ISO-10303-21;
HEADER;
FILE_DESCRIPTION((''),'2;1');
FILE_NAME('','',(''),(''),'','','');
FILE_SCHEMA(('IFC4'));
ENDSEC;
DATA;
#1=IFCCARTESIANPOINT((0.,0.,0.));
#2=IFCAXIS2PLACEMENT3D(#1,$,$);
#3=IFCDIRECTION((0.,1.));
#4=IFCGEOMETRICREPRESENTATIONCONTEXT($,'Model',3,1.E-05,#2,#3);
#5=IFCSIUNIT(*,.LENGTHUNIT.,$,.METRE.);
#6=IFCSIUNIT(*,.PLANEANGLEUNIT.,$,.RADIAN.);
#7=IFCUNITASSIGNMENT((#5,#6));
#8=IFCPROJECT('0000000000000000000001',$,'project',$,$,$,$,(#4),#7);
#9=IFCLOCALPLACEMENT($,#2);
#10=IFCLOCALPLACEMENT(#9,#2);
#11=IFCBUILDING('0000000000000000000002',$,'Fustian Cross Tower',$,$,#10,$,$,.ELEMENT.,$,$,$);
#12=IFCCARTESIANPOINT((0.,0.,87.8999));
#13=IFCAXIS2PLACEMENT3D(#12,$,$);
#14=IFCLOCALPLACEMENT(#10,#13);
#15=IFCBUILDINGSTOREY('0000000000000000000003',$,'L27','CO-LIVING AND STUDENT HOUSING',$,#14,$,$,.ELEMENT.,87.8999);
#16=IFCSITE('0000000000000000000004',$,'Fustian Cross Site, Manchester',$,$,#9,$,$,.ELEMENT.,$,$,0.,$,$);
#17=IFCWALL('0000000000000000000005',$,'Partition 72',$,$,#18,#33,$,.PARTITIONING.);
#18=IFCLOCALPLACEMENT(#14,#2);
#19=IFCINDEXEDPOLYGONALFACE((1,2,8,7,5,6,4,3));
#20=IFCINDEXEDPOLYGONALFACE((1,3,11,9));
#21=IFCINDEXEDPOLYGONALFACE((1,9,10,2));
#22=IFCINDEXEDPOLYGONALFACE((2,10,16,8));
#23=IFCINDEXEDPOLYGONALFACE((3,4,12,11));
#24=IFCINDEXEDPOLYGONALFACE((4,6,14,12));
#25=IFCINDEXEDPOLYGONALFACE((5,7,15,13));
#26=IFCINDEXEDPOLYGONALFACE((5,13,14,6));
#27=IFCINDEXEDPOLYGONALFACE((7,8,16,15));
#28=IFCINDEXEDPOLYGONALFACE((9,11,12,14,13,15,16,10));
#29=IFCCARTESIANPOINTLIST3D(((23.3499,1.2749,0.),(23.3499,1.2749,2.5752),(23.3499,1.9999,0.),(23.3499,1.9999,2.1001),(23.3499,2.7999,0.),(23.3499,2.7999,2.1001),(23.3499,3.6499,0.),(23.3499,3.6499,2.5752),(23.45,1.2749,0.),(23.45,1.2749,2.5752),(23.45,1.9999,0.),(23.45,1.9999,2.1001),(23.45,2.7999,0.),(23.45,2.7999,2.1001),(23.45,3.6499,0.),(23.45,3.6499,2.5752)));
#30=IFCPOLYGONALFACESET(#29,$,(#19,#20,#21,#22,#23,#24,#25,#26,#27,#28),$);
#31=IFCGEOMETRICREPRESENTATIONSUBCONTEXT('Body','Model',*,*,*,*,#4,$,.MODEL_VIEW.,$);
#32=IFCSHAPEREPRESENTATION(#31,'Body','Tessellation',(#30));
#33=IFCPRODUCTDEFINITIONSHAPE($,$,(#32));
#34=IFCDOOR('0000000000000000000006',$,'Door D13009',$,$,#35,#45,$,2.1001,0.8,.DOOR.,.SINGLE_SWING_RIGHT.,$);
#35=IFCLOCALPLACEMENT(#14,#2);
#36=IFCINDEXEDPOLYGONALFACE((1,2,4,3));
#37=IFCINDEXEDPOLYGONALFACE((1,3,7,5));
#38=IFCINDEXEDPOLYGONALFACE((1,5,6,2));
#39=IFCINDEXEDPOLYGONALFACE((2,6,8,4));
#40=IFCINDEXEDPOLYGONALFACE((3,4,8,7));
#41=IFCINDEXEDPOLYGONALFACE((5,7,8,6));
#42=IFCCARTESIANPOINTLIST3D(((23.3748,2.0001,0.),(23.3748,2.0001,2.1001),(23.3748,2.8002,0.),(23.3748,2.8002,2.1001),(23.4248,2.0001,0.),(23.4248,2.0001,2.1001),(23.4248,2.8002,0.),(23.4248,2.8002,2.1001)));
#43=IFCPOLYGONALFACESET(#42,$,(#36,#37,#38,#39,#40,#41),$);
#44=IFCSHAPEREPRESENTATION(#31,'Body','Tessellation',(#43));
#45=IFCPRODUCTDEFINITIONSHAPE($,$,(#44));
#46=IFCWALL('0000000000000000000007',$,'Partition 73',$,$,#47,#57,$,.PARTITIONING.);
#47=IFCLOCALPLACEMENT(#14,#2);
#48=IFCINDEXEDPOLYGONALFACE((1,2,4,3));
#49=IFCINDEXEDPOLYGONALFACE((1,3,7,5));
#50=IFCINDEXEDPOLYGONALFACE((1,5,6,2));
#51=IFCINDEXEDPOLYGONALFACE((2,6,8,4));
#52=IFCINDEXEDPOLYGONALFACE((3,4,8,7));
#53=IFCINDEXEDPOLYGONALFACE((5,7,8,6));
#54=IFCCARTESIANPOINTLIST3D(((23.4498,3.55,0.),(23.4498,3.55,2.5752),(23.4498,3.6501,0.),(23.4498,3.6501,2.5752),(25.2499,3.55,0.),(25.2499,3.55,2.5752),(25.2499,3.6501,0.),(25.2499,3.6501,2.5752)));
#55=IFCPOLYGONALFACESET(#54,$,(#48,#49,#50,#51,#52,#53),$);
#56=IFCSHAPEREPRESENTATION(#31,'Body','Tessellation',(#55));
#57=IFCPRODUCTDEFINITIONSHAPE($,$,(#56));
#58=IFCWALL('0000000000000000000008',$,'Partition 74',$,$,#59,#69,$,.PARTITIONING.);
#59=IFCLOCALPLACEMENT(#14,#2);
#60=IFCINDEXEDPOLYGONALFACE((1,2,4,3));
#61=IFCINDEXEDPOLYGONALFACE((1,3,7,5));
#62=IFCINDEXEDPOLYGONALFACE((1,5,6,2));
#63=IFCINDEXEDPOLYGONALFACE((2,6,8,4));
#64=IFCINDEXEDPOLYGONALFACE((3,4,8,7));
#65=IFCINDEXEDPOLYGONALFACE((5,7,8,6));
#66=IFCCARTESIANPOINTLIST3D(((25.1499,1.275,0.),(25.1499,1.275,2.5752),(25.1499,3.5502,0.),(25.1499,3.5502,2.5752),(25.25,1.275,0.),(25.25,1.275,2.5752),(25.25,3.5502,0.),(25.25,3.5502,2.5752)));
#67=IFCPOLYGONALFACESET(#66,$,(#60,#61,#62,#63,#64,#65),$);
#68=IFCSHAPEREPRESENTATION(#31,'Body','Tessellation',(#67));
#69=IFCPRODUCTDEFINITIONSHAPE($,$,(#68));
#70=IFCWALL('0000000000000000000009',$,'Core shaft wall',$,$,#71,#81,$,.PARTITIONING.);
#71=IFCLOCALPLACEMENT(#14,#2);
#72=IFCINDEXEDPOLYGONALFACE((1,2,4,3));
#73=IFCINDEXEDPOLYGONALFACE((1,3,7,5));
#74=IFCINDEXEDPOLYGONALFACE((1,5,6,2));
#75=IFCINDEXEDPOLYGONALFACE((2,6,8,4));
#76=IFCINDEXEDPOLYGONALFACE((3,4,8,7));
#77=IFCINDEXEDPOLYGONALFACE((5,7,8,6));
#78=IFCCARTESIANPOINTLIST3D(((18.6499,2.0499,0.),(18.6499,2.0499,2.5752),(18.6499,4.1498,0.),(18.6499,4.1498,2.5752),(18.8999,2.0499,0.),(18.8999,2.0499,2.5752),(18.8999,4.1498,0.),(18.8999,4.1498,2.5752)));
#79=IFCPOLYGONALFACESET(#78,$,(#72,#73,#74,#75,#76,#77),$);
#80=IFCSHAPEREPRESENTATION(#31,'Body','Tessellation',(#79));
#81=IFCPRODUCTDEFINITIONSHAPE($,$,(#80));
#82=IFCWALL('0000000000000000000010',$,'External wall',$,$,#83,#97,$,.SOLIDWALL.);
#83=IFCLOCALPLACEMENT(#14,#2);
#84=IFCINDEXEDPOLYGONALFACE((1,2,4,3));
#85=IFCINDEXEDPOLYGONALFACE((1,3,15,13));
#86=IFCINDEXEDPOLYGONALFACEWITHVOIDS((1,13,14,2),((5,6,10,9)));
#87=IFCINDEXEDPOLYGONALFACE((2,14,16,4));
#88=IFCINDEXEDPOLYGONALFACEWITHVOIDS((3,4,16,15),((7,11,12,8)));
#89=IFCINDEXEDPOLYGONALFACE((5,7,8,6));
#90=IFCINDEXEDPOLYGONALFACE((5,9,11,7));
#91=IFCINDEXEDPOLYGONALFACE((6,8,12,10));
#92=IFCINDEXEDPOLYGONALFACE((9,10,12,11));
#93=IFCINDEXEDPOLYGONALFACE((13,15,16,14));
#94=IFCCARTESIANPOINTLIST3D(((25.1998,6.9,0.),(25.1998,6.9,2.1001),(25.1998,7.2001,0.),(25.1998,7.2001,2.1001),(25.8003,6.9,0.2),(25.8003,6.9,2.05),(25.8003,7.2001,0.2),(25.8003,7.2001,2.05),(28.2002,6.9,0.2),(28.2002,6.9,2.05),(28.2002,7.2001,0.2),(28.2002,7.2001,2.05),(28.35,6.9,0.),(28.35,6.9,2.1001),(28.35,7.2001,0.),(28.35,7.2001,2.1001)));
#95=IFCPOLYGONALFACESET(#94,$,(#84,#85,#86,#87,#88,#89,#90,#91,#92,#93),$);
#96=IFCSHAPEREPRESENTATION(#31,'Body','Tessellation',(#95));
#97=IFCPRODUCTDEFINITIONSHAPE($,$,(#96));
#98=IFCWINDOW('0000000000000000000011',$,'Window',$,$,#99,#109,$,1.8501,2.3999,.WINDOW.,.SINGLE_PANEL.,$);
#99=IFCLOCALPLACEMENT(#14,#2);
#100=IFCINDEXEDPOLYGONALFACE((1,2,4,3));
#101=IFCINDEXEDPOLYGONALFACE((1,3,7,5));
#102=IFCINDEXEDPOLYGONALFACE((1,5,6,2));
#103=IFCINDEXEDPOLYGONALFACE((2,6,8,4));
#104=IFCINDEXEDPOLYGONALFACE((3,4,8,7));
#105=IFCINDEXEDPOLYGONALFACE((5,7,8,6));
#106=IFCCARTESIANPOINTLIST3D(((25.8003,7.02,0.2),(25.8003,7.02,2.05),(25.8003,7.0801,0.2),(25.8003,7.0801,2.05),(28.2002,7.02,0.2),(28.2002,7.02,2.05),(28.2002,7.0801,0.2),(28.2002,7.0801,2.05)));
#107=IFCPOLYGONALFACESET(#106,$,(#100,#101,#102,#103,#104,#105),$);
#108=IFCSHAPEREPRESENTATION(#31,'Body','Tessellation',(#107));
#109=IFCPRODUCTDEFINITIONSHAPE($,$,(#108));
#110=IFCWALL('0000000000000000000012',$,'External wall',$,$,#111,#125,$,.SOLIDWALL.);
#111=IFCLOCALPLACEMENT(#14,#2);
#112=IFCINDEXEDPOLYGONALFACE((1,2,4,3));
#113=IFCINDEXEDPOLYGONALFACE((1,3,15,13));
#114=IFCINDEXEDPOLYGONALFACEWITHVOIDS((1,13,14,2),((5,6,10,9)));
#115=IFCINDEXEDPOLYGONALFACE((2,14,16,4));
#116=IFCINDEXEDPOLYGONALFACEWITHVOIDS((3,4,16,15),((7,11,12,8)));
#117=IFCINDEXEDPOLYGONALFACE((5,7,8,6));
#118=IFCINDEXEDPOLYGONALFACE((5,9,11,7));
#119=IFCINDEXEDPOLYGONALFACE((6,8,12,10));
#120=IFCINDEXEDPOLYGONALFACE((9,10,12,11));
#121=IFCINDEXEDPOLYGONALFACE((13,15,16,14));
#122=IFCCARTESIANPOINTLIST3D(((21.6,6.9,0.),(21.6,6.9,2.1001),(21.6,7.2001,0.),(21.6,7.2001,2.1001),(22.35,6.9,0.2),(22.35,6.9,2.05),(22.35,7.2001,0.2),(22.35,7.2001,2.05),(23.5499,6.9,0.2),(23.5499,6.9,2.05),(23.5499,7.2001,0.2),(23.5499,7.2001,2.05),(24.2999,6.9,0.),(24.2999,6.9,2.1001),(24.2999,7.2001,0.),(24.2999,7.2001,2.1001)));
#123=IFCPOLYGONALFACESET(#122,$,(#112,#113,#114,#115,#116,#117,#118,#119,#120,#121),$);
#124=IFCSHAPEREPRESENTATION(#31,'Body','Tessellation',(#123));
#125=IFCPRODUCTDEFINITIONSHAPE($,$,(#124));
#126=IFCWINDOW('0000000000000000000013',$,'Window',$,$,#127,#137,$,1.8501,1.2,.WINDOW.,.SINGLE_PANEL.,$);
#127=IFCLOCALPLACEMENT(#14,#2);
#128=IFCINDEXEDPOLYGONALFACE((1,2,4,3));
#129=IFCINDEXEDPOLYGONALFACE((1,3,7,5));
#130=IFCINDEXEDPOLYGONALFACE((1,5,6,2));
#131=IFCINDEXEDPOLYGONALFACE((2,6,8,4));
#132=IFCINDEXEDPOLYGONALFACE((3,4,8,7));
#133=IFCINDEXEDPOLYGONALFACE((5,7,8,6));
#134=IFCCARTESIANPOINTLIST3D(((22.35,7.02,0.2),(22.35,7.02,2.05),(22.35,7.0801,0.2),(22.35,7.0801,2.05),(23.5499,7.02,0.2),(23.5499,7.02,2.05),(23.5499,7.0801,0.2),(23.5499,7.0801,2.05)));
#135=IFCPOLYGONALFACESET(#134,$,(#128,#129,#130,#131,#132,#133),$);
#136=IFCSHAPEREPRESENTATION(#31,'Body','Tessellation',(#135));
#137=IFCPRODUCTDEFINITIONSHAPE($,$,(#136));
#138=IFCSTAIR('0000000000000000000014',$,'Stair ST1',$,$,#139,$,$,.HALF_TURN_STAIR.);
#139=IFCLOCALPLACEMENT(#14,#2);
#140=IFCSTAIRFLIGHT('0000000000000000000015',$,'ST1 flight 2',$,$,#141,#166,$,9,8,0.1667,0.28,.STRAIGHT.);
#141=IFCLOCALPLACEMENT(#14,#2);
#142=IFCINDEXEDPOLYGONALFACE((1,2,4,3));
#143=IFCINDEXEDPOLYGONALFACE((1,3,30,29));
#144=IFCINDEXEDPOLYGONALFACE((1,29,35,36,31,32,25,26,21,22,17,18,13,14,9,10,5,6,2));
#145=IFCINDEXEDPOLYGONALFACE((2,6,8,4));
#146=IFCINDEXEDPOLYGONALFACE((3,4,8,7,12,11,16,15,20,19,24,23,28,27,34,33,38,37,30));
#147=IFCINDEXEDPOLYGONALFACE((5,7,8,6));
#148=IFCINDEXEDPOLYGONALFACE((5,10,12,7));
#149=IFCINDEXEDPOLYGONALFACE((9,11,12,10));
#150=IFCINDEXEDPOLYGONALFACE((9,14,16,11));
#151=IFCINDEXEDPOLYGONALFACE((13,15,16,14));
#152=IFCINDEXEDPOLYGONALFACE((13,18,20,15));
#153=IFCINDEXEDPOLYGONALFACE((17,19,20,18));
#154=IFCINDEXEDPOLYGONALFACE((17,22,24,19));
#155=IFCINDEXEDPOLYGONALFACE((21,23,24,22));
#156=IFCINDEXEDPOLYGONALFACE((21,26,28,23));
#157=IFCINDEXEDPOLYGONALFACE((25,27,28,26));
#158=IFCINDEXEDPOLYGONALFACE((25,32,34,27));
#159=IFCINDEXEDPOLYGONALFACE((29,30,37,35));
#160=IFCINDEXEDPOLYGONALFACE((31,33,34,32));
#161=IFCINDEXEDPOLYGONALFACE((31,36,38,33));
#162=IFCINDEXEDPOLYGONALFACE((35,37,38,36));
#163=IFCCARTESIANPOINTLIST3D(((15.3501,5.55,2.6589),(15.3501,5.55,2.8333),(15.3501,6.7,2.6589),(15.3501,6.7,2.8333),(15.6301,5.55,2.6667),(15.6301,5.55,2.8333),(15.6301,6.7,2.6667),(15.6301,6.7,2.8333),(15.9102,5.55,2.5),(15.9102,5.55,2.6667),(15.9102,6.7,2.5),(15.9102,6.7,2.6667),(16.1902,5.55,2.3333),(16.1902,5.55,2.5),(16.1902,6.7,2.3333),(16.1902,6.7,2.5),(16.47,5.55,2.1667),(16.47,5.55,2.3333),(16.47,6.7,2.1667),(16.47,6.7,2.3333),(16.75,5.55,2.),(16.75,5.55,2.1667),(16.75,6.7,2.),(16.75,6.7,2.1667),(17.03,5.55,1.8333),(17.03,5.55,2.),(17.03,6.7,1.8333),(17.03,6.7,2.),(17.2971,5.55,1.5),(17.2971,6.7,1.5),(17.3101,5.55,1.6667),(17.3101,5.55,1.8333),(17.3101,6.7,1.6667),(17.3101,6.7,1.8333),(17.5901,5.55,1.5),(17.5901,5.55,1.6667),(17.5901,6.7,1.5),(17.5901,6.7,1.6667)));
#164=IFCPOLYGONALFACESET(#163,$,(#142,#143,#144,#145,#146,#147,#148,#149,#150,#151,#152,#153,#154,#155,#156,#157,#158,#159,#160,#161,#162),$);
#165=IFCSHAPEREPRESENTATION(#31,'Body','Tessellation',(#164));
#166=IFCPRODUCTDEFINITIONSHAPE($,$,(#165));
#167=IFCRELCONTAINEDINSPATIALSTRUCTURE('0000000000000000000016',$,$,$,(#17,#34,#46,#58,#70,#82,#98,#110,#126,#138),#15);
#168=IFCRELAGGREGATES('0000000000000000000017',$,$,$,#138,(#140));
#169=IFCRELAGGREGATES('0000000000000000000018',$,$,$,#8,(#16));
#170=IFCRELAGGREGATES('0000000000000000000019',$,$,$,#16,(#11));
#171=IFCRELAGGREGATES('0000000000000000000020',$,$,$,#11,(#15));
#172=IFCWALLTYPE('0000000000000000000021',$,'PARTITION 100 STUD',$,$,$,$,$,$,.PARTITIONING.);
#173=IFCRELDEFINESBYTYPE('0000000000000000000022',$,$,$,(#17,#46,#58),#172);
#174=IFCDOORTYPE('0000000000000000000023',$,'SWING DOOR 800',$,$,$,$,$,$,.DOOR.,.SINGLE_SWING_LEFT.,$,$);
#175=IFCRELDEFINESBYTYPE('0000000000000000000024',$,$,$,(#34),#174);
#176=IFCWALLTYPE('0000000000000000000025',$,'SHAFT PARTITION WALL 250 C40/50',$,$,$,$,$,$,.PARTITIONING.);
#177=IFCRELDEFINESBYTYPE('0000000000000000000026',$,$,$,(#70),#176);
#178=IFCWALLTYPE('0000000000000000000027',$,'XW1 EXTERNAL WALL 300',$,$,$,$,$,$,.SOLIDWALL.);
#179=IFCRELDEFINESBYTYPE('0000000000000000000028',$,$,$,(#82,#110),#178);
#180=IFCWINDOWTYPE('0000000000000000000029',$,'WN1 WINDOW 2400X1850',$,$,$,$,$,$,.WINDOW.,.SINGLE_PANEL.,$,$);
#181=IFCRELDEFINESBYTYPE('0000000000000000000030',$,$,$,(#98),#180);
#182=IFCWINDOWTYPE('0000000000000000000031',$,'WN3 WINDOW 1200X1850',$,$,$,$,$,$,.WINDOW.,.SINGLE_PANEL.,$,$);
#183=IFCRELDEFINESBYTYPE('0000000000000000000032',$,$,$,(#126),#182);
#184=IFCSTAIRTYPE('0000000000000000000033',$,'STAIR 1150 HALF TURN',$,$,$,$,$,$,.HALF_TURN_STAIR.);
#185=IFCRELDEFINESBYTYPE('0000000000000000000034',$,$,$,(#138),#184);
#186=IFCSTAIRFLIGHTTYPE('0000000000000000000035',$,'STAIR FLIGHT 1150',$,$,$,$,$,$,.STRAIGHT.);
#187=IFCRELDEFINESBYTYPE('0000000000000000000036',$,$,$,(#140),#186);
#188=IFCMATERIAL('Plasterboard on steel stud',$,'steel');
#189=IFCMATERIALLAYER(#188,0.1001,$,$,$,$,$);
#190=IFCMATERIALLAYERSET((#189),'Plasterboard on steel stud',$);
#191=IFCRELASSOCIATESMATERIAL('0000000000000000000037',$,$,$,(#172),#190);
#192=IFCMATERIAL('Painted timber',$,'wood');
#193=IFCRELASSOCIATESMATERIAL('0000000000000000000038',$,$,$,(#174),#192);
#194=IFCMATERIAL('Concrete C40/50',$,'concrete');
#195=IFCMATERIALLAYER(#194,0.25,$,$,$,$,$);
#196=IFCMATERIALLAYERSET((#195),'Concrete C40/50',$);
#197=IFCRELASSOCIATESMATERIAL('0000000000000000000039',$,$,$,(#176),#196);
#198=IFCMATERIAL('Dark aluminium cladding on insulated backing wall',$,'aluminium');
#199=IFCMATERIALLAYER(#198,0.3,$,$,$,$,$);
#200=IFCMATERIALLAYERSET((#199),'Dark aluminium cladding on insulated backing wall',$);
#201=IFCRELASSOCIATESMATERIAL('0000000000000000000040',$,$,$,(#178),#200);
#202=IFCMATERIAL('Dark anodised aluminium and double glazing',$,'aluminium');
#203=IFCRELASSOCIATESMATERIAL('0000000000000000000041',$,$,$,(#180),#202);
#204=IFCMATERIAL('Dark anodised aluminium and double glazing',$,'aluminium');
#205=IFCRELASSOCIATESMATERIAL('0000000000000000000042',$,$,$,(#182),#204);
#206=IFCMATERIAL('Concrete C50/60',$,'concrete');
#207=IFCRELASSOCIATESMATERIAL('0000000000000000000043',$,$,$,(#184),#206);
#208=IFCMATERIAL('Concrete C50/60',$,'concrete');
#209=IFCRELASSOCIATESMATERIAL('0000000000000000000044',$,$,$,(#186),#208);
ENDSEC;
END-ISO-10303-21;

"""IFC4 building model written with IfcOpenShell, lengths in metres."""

from ifc_helpers import new_model, si_unit, direction, frame, frame_2d, origin, place, context, subcontext, project, spatial, polyline, rectangle, outline, extrude, material, layer, layer_set, type_object, element, fill, aggregate, save


model = new_model("IFC4")

# Units and contexts
model_context = context("Model", 3, precision=1e-05, world=origin(), true_north=direction((0.0, 1.0)))
body_context = subcontext(model_context, "Body", "Model", "MODEL_VIEW")
ifc_project = project(units=[si_unit("LENGTHUNIT", "METRE"), si_unit("PLANEANGLEUNIT", "RADIAN")], contexts=[model_context])

# Site, building, storey
site_placement = place(None, origin())
site = spatial("IfcSite", under=ifc_project, at=site_placement, Name="Fustian Cross Site, Manchester", CompositionType="ELEMENT", RefElevation=0.0)
building_placement = place(site_placement, origin())
building = spatial("IfcBuilding", under=site, at=building_placement, Name="Fustian Cross Tower", CompositionType="ELEMENT")
storey_placement = place(building_placement, frame((0.0, 0.0, 87.8999)))
storey = spatial("IfcBuildingStorey", under=building, at=storey_placement, Name="L27", Description="CO-LIVING AND STUDENT HOUSING", CompositionType="ELEMENT", Elevation=87.8999)

# Wall, opening, door
ifc_material_1 = material(Name="Plasterboard on steel stud", Category="steel")
ifc_layer_1 = layer(ifc_material_1, 0.1001)
ifc_layer_set_1 = layer_set([ifc_layer_1], Name="Plasterboard on steel stud")
wall_type_1 = type_object("IfcWallType", Name="PARTITION 100 STUD", PredefinedType="PARTITIONING", material=ifc_layer_set_1)
wall_1_placement = place(storey_placement, frame((23.3999, 1.2749, 0.0), z_axis=(0.0, 0.0, 1.0), x_axis=(0.0, 1.0, 0.0)))
wall_1 = element("IfcWall", 1, at=wall_1_placement, inside=storey, type_object=wall_type_1, Name="Partition 72", PredefinedType="PARTITIONING", context=body_context, shape_type="SweptSolid", body=[
    extrude(rectangle(XDim=2.375, YDim=0.1001, at=frame_2d((1.1875, 0.0))), origin(), (0.0, 0.0, 1.0), 2.5752),
])
opening_1_placement = place(wall_1_placement, frame((0.7251, 0.0, 0.0)))
opening_1 = element("IfcOpeningElement", 2, at=opening_1_placement, cuts=wall_1, PredefinedType="OPENING", context=body_context, shape_type="SweptSolid", body=[
    extrude(rectangle(XDim=0.8, YDim=2.1001, at=frame_2d((0.3999, 1.05))), frame((0.0, 0.0601, 0.0), z_axis=(0.0, -1.0, 0.0), x_axis=(1.0, 0.0, 0.0)), (0.0, 0.0, 1.0), 0.1201),
])
ifc_material_2 = material(Name="Painted timber", Category="wood")
door_type_1 = type_object("IfcDoorType", Name="SWING DOOR 800", OperationType="SINGLE_SWING_LEFT", PredefinedType="DOOR", material=ifc_material_2)
door_1_placement = place(opening_1_placement, frame((0.8, 0.0, 0.0), z_axis=(0.0, 0.0, 1.0), x_axis=(-1.0, 0.0, 0.0)))
door_1 = element("IfcDoor", 3, at=door_1_placement, inside=storey, type_object=door_type_1, Name="Door D13009", OperationType="SINGLE_SWING_RIGHT", OverallHeight=2.1001, OverallWidth=0.8, PredefinedType="DOOR", context=body_context, shape_type="SweptSolid", body=[
    extrude(rectangle(XDim=0.8, YDim=2.1001, at=frame_2d((0.3999, 1.05))), frame((0.0, 0.0249, 0.0), z_axis=(0.0, -1.0, 0.0), x_axis=(1.0, 0.0, 0.0)), (0.0, 0.0, 1.0), 0.05),
])
fill(opening_1, door_1)

# Walls
wall_2_placement = place(storey_placement, frame((23.45, 3.6001, 0.0), z_axis=(0.0, 0.0, 1.0), x_axis=(1.0, 0.0, 0.0)))
element("IfcWall", 4, at=wall_2_placement, inside=storey, type_object=wall_type_1, Name="Partition 73", PredefinedType="PARTITIONING", context=body_context, shape_type="SweptSolid", body=[
    extrude(rectangle(XDim=1.8, YDim=0.1001, at=frame_2d((0.8999, 0.0))), origin(), (0.0, 0.0, 1.0), 2.5752),
])
wall_3_placement = place(storey_placement, frame((25.2, 1.2749, 0.0), z_axis=(0.0, 0.0, 1.0), x_axis=(0.0, 1.0, 0.0)))
element("IfcWall", 5, at=wall_3_placement, inside=storey, type_object=wall_type_1, Name="Partition 74", PredefinedType="PARTITIONING", context=body_context, shape_type="SweptSolid", body=[
    extrude(rectangle(XDim=2.2751, YDim=0.1001, at=frame_2d((1.1377, 0.0))), origin(), (0.0, 0.0, 1.0), 2.5752),
])
ifc_material_3 = material(Name="Concrete C40/50", Category="concrete")
ifc_layer_2 = layer(ifc_material_3, 0.25)
ifc_layer_set_2 = layer_set([ifc_layer_2], Name="Concrete C40/50")
wall_type_2 = type_object("IfcWallType", Name="SHAFT PARTITION WALL 250 C40/50", PredefinedType="PARTITIONING", material=ifc_layer_set_2)
wall_4_placement = place(storey_placement, frame((18.7749, 2.05, 0.0), z_axis=(0.0, 0.0, 1.0), x_axis=(0.0, 1.0, 0.0)))
element("IfcWall", 6, at=wall_4_placement, inside=storey, type_object=wall_type_2, Name="Core shaft wall", PredefinedType="PARTITIONING", context=body_context, shape_type="SweptSolid", body=[
    extrude(rectangle(XDim=2.0999, YDim=0.25, at=frame_2d((1.0498, 0.0))), origin(), (0.0, 0.0, 1.0), 2.5752),
])

# Walls, openings, windows
ifc_material_4 = material(Name="Dark aluminium cladding on insulated backing wall", Category="aluminium")
ifc_layer_3 = layer(ifc_material_4, 0.3)
ifc_layer_set_3 = layer_set([ifc_layer_3], Name="Dark aluminium cladding on insulated backing wall")
wall_type_3 = type_object("IfcWallType", Name="XW1 EXTERNAL WALL 300", PredefinedType="SOLIDWALL", material=ifc_layer_set_3)
wall_5_placement = place(storey_placement, frame((28.3501, 7.05, 0.0), z_axis=(0.0, 0.0, 1.0), x_axis=(-1.0, 0.0, 0.0)))
wall_5 = element("IfcWall", 7, at=wall_5_placement, inside=storey, type_object=wall_type_3, Name="External wall", PredefinedType="SOLIDWALL", context=body_context, shape_type="SweptSolid", body=[
    extrude(rectangle(XDim=3.1501, YDim=0.3, at=frame_2d((1.5752, 0.0))), origin(), (0.0, 0.0, 1.0), 2.1001),
])
opening_2_placement = place(wall_5_placement, frame((0.1499, 0.0, 0.2)))
opening_2 = element("IfcOpeningElement", 8, at=opening_2_placement, cuts=wall_5, PredefinedType="OPENING", context=body_context, shape_type="SweptSolid", body=[
    extrude(rectangle(XDim=2.3999, YDim=1.8501, at=frame_2d((1.2, 0.925))), frame((0.0, 0.1599, 0.0), z_axis=(0.0, -1.0, 0.0), x_axis=(1.0, 0.0, 0.0)), (0.0, 0.0, 1.0), 0.3201),
])
ifc_material_5 = material(Name="Dark anodised aluminium and double glazing", Category="aluminium")
window_type_1 = type_object("IfcWindowType", Name="WN1 WINDOW 2400X1850", PartitioningType="SINGLE_PANEL", PredefinedType="WINDOW", material=ifc_material_5)
window_1_placement = place(opening_2_placement, origin())
window_1 = element("IfcWindow", 9, at=window_1_placement, inside=storey, type_object=window_type_1, Name="Window", OverallHeight=1.8501, OverallWidth=2.3999, PartitioningType="SINGLE_PANEL", PredefinedType="WINDOW", context=body_context, shape_type="SweptSolid", body=[
    extrude(rectangle(XDim=2.3999, YDim=1.8501, at=frame_2d((1.2, 0.925))), frame((0.0, 0.03, 0.0), z_axis=(0.0, -1.0, 0.0), x_axis=(1.0, 0.0, 0.0)), (0.0, 0.0, 1.0), 0.0601),
])
fill(opening_2, window_1)
wall_6_placement = place(storey_placement, frame((24.3, 7.05, 0.0), z_axis=(0.0, 0.0, 1.0), x_axis=(-1.0, 0.0, 0.0)))
wall_6 = element("IfcWall", 10, at=wall_6_placement, inside=storey, type_object=wall_type_3, Name="External wall", PredefinedType="SOLIDWALL", context=body_context, shape_type="SweptSolid", body=[
    extrude(rectangle(XDim=2.7, YDim=0.3, at=frame_2d((1.3501, 0.0))), origin(), (0.0, 0.0, 1.0), 2.1001),
])
opening_3_placement = place(wall_6_placement, frame((0.75, 0.0, 0.2)))
opening_3 = element("IfcOpeningElement", 11, at=opening_3_placement, cuts=wall_6, PredefinedType="OPENING", context=body_context, shape_type="SweptSolid", body=[
    extrude(rectangle(XDim=1.2, YDim=1.8501, at=frame_2d((0.6001, 0.925))), frame((0.0, 0.1599, 0.0), z_axis=(0.0, -1.0, 0.0), x_axis=(1.0, 0.0, 0.0)), (0.0, 0.0, 1.0), 0.3201),
])
ifc_material_6 = material(Name="Dark anodised aluminium and double glazing", Category="aluminium")
window_type_2 = type_object("IfcWindowType", Name="WN3 WINDOW 1200X1850", PartitioningType="SINGLE_PANEL", PredefinedType="WINDOW", material=ifc_material_6)
window_2_placement = place(opening_3_placement, origin())
window_2 = element("IfcWindow", 12, at=window_2_placement, inside=storey, type_object=window_type_2, Name="Window", OverallHeight=1.8501, OverallWidth=1.2, PartitioningType="SINGLE_PANEL", PredefinedType="WINDOW", context=body_context, shape_type="SweptSolid", body=[
    extrude(rectangle(XDim=1.2, YDim=1.8501, at=frame_2d((0.6001, 0.925))), frame((0.0, 0.03, 0.0), z_axis=(0.0, -1.0, 0.0), x_axis=(1.0, 0.0, 0.0)), (0.0, 0.0, 1.0), 0.0601),
])
fill(opening_3, window_2)

# Stair, stair flight
ifc_material_7 = material(Name="Concrete C50/60", Category="concrete")
stair_type = type_object("IfcStairType", Name="STAIR 1150 HALF TURN", PredefinedType="HALF_TURN_STAIR", material=ifc_material_7)
stair_placement = place(storey_placement, origin())
stair = element("IfcStair", 13, at=stair_placement, inside=storey, type_object=stair_type, Name="Stair ST1", PredefinedType="HALF_TURN_STAIR")
ifc_material_8 = material(Name="Concrete C50/60", Category="concrete")
stair_flight_type = type_object("IfcStairFlightType", Name="STAIR FLIGHT 1150", PredefinedType="STRAIGHT", material=ifc_material_8)
stair_flight_placement = place(storey_placement, frame((17.5901, 6.125, 1.5), z_axis=(0.0, 0.0, 1.0), x_axis=(-1.0, 0.0, 0.0)))
stair_flight = element("IfcStairFlight", 14, at=stair_flight_placement, type_object=stair_flight_type, Name="ST1 flight 2", NumberOfRisers=9, NumberOfTreads=8, PredefinedType="STRAIGHT", RiserHeight=0.1667, TreadLength=0.28, context=body_context, shape_type="SweptSolid", body=[
    extrude(outline(polyline([(0.0, 0.0), (0.0, 0.1667), (0.28, 0.1667), (0.28, 0.3333), (0.5601, 0.3333), (0.5601, 0.5), (0.8401, 0.5), (0.8401, 0.6667), (1.1201, 0.6667), (1.1201, 0.8333), (1.3999, 0.8333), (1.3999, 1.0), (1.6799, 1.0), (1.6799, 1.1667), (1.96, 1.1667), (1.96, 1.3333), (2.24, 1.3333), (2.24, 1.5), (2.24, 1.1589), (0.293, 0.0), (0.0, 0.0)])), frame((0.0, 0.575, 0.0), z_axis=(0.0, -1.0, 0.0), x_axis=(1.0, 0.0, 0.0)), (0.0, 0.0, 1.0), 1.1499),
])
aggregate(stair, [stair_flight])

save(model, "model.ifc")
